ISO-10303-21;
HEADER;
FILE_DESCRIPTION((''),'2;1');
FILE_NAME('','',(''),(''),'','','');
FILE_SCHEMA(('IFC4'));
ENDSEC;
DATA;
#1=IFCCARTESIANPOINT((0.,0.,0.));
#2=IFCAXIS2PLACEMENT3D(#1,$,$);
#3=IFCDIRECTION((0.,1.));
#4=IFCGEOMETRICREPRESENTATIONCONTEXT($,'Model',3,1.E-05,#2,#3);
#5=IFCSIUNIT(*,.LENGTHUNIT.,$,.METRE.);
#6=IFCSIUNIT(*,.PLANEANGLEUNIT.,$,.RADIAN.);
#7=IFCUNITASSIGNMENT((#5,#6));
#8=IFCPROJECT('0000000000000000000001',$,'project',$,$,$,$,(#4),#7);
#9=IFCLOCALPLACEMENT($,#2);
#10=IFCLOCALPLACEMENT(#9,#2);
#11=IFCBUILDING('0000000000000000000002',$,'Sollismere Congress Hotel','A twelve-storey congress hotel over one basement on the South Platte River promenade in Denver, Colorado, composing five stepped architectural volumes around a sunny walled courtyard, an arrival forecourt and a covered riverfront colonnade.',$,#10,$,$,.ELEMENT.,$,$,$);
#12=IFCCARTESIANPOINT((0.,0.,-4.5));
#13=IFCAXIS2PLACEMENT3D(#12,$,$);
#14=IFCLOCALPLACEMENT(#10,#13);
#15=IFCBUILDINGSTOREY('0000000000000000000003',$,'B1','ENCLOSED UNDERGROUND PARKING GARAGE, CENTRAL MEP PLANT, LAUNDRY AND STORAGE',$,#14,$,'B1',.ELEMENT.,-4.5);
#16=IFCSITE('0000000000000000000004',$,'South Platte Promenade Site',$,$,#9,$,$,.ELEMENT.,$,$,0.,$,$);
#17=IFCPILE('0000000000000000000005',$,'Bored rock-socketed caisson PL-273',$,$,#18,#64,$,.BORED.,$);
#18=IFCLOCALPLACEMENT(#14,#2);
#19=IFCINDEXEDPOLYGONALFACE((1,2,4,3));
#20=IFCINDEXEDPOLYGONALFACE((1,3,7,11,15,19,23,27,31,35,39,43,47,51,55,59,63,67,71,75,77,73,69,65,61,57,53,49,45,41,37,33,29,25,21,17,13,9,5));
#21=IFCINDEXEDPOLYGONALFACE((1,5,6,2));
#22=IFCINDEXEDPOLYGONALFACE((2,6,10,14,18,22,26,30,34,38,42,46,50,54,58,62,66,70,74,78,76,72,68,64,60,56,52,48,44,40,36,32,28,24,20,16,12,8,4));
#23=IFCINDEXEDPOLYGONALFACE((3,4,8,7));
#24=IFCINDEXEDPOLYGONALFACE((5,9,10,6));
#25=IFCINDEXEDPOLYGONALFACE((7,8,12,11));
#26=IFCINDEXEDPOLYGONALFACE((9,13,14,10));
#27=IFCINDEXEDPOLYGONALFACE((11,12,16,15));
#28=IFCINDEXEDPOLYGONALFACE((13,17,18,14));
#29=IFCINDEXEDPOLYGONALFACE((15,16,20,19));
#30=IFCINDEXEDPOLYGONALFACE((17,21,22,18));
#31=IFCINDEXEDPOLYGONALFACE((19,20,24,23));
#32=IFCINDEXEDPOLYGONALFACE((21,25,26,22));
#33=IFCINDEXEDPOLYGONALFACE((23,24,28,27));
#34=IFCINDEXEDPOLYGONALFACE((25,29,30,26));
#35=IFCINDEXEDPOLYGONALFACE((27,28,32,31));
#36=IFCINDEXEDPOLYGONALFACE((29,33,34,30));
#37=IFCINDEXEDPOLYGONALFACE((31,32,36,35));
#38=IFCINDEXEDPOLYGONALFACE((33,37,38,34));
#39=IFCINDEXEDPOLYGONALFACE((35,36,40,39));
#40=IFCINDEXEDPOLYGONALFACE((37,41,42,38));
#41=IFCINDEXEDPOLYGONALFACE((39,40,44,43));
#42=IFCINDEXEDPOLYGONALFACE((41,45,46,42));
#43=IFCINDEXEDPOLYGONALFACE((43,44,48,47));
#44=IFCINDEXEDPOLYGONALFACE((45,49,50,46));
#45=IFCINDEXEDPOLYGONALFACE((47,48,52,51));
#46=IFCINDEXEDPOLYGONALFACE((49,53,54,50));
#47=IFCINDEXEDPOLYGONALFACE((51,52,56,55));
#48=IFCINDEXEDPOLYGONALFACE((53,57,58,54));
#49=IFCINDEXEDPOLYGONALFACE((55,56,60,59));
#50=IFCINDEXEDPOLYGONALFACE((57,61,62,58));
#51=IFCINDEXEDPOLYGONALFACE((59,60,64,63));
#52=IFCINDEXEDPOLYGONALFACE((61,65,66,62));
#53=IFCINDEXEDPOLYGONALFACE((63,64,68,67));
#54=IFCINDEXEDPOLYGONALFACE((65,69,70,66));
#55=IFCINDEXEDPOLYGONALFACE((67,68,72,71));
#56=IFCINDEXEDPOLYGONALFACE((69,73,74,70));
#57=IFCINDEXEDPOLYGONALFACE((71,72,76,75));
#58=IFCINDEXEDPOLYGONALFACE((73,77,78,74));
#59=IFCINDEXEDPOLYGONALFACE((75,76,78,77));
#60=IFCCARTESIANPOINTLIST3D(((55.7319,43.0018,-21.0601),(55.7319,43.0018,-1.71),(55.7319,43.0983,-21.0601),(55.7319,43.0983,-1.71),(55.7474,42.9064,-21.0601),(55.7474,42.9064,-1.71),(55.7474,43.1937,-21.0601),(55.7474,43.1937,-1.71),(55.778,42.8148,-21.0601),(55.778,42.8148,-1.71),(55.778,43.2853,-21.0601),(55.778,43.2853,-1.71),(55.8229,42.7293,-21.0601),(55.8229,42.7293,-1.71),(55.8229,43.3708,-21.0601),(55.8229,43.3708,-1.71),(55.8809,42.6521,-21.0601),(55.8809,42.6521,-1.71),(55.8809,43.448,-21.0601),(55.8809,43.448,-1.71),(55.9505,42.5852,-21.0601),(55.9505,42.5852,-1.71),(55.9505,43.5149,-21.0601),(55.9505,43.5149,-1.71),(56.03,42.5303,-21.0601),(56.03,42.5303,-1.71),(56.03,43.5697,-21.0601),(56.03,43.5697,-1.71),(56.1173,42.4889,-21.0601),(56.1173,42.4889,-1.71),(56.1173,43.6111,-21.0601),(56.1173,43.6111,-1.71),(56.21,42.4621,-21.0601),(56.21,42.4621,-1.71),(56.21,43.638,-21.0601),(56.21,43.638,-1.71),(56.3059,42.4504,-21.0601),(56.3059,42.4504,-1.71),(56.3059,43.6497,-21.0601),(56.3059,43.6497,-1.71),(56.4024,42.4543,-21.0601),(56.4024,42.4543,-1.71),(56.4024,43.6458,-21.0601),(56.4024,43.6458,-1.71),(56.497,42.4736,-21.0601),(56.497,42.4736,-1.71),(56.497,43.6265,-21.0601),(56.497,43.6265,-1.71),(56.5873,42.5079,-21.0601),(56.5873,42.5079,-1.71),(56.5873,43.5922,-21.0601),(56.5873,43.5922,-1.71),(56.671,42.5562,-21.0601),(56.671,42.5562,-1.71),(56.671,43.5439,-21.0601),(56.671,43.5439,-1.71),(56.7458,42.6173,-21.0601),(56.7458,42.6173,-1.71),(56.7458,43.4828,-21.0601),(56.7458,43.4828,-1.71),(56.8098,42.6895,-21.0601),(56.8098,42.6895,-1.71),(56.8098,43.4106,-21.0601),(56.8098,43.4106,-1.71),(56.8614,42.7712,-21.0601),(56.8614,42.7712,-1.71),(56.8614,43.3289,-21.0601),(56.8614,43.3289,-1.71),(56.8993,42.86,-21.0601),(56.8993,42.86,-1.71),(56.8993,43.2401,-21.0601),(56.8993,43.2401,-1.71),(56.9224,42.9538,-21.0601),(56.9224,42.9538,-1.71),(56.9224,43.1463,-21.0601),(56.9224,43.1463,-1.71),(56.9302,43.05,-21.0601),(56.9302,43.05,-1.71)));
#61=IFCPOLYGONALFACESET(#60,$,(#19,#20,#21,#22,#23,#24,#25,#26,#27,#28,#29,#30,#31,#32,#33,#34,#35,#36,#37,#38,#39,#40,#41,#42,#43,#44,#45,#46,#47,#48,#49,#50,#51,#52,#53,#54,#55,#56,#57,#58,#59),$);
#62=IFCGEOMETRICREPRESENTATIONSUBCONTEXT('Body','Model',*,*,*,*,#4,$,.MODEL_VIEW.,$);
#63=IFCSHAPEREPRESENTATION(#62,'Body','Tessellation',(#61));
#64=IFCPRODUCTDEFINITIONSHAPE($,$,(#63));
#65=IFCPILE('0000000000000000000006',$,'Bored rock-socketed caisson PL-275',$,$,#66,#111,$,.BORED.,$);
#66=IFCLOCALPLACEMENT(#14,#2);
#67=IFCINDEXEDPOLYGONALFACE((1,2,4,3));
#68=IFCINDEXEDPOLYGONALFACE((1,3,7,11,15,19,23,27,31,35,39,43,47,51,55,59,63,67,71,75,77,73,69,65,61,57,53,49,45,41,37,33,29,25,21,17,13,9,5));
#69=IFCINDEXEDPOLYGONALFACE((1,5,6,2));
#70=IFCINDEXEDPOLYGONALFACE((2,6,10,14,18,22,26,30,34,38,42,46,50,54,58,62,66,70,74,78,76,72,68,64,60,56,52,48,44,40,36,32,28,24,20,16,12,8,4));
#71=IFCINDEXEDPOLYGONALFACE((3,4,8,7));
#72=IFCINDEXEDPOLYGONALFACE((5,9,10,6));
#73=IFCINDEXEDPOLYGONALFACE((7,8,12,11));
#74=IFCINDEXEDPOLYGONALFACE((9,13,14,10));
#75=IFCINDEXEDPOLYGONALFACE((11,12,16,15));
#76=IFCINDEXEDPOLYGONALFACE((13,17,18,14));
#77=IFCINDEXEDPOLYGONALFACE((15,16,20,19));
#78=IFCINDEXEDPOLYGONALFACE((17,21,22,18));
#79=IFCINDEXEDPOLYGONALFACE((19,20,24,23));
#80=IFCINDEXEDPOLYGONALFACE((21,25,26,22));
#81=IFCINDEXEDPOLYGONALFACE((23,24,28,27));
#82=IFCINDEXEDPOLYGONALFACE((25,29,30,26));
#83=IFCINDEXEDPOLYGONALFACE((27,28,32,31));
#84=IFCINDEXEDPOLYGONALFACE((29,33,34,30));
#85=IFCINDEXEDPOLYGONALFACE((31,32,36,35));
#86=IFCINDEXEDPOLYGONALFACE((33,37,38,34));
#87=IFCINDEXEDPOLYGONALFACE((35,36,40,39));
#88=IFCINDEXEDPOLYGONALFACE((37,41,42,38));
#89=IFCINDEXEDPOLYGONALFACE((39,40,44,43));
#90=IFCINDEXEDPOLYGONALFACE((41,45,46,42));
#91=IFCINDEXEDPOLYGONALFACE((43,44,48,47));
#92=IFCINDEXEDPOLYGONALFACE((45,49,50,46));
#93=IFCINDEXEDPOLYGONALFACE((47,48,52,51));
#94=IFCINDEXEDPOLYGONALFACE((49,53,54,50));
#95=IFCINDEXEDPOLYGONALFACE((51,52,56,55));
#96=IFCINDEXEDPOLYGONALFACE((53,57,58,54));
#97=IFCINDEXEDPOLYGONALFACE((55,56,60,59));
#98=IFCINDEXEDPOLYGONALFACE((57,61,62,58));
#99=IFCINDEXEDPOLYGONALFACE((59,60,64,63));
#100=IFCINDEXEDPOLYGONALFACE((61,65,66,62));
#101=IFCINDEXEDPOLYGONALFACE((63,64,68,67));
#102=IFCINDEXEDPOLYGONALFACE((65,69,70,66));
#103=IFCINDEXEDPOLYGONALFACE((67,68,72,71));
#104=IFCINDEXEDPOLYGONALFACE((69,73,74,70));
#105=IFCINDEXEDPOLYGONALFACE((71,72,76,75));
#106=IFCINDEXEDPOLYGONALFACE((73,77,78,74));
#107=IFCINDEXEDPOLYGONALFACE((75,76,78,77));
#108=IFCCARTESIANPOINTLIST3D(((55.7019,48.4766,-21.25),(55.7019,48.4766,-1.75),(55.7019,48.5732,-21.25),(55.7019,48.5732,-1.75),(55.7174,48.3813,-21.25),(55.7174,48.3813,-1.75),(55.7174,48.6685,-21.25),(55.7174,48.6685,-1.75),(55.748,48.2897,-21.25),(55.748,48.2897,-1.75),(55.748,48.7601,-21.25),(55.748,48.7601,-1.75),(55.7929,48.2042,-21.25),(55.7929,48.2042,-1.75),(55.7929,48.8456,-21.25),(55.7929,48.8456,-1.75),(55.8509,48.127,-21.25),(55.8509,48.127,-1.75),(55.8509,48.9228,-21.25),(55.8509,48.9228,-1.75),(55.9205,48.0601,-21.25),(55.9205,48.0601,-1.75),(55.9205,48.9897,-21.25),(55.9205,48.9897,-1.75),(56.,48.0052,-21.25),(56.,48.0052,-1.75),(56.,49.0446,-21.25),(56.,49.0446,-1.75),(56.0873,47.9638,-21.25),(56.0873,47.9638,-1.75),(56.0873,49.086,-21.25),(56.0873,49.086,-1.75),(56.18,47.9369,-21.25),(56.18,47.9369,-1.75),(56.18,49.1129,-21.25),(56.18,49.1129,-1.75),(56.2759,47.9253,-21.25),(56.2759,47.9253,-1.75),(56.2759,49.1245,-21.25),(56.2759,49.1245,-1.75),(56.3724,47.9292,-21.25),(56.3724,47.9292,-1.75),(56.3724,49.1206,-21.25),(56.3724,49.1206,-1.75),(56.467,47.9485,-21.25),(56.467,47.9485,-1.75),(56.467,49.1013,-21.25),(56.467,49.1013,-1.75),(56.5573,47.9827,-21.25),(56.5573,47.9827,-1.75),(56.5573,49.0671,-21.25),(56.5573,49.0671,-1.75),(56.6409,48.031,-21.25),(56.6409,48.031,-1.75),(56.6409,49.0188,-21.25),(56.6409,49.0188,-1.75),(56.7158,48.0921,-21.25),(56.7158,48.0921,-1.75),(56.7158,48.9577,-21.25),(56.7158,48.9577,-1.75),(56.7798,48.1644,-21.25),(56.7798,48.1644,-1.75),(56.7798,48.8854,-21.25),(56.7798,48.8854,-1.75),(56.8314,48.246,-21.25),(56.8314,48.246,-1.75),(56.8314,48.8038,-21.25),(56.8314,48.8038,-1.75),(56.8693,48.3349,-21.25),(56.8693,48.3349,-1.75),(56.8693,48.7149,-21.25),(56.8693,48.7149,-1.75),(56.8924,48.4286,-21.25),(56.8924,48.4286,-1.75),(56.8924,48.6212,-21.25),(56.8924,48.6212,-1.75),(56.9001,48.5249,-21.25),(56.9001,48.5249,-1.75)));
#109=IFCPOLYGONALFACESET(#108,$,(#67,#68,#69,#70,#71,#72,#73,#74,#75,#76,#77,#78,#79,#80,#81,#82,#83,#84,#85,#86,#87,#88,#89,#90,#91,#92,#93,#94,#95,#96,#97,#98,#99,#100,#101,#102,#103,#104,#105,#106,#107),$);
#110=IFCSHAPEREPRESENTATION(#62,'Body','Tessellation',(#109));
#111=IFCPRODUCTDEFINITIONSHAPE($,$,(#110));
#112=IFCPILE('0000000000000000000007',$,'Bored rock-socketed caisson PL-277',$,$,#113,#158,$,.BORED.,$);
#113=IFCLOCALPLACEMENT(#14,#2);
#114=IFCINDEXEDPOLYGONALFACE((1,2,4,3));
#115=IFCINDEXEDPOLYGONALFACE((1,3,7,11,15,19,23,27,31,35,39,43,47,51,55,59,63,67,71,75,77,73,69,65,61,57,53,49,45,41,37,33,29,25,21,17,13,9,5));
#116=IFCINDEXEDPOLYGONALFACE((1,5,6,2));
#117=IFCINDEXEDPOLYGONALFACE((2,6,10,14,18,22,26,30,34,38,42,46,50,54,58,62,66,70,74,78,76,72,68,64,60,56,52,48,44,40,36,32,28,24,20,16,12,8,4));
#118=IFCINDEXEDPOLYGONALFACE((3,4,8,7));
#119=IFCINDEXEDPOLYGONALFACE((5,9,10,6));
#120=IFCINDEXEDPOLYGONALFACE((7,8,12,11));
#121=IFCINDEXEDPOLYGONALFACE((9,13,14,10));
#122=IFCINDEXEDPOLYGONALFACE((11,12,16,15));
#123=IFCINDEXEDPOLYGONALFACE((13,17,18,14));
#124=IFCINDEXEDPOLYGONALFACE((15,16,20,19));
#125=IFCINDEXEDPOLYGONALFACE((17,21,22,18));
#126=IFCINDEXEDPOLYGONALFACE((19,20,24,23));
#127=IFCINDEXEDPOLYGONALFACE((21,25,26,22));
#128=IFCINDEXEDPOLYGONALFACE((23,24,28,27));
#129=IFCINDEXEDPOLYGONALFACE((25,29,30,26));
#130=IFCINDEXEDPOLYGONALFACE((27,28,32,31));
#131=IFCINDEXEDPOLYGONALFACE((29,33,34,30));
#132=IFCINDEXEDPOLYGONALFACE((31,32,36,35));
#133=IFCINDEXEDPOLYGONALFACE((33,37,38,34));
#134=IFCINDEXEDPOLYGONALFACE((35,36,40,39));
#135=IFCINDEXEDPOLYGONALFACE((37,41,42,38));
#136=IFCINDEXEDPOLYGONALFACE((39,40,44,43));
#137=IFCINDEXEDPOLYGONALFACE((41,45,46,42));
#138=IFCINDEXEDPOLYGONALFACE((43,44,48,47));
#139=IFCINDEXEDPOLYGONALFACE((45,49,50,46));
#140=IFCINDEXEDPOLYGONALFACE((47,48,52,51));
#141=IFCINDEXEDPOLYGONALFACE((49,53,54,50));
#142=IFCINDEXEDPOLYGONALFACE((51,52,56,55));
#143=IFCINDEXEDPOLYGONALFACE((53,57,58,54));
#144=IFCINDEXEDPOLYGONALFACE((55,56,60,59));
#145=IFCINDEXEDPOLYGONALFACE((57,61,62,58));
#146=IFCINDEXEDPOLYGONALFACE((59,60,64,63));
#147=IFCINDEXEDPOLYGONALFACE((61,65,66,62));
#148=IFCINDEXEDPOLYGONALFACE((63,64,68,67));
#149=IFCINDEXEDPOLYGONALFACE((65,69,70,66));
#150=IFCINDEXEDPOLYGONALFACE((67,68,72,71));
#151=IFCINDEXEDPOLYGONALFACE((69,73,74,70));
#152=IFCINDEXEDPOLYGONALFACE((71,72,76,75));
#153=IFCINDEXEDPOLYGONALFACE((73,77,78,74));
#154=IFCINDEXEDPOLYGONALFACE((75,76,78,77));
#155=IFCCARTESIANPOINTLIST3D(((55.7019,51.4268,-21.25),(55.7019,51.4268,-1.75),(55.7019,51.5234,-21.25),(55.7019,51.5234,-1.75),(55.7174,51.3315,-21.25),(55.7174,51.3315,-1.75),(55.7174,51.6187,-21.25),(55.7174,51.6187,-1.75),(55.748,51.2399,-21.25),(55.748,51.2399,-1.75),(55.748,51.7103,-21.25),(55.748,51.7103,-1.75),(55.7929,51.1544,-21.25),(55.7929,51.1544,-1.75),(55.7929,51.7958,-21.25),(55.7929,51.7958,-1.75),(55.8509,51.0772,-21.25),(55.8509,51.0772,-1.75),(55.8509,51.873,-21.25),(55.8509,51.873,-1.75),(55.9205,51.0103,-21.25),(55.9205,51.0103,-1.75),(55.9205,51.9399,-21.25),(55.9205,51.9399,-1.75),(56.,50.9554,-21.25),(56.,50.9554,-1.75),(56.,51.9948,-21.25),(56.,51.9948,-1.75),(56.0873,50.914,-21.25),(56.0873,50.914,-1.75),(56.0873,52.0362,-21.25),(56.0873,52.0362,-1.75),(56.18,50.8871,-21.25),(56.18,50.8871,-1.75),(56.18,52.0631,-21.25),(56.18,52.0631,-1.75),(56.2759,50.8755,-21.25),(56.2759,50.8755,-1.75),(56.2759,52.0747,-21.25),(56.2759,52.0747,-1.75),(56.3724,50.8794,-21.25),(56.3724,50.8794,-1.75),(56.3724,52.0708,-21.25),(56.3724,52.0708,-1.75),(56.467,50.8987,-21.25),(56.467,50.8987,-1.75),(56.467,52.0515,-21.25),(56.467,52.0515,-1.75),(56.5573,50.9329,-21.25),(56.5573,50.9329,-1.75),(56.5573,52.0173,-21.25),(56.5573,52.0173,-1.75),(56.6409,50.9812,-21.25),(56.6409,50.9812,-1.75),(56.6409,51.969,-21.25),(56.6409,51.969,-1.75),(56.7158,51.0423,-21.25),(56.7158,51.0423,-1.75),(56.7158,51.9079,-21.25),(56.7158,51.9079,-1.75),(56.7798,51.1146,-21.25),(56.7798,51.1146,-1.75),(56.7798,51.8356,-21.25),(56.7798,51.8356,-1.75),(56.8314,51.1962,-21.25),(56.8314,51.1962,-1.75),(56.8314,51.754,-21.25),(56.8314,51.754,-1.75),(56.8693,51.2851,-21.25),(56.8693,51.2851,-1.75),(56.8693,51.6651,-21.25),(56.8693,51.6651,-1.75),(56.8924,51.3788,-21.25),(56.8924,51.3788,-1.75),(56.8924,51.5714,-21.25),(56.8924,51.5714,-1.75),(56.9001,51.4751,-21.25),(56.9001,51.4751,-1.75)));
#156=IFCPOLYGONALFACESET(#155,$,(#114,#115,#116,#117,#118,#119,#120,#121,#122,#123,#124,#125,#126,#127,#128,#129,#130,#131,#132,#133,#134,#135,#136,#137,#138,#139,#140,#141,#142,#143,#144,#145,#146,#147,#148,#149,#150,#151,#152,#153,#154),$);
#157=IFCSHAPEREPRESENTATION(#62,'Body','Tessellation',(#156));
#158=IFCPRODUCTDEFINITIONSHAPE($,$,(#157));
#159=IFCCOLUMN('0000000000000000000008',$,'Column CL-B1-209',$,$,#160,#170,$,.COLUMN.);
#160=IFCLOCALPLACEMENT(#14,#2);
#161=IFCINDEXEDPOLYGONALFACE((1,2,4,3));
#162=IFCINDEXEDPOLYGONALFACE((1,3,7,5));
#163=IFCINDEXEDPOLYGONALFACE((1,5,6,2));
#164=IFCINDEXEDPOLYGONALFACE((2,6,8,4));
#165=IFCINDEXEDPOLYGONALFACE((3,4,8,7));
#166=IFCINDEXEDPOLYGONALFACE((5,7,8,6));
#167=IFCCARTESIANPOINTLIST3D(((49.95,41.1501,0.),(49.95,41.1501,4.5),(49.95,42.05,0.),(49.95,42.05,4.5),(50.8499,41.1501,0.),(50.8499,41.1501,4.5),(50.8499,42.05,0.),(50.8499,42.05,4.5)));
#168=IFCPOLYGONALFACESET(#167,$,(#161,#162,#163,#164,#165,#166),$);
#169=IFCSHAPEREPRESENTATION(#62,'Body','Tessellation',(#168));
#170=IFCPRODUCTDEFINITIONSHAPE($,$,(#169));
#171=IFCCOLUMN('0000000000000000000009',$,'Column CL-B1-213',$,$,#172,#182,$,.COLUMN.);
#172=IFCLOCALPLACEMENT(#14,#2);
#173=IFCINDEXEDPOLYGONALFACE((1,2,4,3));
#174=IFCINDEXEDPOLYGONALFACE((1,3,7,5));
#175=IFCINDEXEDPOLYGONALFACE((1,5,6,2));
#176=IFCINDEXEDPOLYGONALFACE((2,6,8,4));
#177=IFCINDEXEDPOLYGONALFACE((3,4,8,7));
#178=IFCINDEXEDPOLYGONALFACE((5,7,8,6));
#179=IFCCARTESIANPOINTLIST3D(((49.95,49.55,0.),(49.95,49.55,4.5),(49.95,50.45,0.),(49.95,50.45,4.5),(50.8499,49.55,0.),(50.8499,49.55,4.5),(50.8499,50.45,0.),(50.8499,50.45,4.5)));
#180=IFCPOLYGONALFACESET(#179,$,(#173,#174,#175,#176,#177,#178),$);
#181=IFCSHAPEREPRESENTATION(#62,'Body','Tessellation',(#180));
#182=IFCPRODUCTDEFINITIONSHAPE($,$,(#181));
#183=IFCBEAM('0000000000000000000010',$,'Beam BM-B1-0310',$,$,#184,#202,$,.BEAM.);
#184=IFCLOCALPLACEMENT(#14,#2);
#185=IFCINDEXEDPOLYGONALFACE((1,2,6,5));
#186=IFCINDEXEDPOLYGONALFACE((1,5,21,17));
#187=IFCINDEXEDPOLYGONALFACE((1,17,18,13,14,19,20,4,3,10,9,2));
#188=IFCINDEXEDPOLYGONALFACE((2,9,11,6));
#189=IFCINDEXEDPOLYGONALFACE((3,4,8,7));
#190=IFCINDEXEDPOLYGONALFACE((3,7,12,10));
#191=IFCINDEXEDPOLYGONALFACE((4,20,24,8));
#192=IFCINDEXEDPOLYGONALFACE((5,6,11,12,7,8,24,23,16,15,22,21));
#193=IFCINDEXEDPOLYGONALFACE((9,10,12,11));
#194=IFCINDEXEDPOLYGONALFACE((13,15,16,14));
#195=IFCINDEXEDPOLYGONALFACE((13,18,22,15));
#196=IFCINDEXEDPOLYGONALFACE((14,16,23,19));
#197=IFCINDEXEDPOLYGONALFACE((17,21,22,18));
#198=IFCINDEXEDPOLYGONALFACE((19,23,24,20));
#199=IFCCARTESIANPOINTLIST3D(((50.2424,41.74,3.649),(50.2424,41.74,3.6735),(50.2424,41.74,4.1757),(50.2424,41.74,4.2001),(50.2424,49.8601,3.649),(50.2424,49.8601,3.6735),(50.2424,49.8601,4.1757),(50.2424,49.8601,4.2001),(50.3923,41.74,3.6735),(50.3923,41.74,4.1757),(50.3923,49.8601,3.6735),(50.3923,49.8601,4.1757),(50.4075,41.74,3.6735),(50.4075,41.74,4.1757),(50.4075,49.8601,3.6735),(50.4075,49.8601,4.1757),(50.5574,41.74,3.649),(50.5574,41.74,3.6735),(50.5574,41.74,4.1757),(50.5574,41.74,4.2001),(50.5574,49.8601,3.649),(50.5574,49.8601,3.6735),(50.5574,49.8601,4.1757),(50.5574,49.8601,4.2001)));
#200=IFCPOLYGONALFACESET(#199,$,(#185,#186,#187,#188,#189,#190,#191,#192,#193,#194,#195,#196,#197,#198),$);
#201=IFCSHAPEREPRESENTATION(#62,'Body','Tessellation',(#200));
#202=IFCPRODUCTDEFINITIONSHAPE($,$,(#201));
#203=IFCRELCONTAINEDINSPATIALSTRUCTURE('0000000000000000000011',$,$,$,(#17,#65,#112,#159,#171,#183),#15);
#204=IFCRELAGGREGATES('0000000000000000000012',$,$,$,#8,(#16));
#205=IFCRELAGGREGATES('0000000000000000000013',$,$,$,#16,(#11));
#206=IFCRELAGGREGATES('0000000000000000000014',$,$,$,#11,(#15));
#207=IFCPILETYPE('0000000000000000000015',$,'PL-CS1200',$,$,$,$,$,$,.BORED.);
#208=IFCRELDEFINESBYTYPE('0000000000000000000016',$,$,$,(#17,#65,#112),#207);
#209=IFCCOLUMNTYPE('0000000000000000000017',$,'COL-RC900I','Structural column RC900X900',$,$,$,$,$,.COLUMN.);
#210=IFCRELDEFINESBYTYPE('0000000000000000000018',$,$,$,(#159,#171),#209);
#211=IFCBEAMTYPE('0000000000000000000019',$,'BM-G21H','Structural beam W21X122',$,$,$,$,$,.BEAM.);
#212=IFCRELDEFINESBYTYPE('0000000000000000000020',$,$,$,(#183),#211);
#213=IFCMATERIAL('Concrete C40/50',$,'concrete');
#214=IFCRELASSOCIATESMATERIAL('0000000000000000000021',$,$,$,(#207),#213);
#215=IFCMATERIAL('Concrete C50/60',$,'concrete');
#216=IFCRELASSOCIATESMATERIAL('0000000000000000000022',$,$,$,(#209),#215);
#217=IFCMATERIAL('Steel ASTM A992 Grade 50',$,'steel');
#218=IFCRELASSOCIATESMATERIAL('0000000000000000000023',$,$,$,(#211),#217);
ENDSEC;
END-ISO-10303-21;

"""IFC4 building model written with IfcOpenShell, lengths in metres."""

from ifc_helpers import new_model, si_unit, direction, frame, origin, origin_2d, place, context, subcontext, project, spatial, rectangle, circle, i_section, extrude, material, material_profile, profile_set, type_object, element, save


model = new_model("IFC4")

# Units and contexts
model_context = context("Model", 3, precision=1e-05, world=origin(), true_north=direction((0.0, 1.0)))
body_context = subcontext(model_context, "Body", "Model", "MODEL_VIEW")
ifc_project = project(units=[si_unit("LENGTHUNIT", "METRE"), si_unit("PLANEANGLEUNIT", "RADIAN")], contexts=[model_context])

# Site, building, storey
site_placement = place(None, origin())
site = spatial("IfcSite", under=ifc_project, at=site_placement, Name="South Platte Promenade Site", CompositionType="ELEMENT", RefElevation=0.0)
building_placement = place(site_placement, origin())
building = spatial("IfcBuilding", under=site, at=building_placement, Name="Sollismere Congress Hotel", Description="A twelve-storey congress hotel over one basement on the South Platte River promenade in Denver, Colorado, composing five stepped architectural volumes around a sunny walled courtyard, an arrival forecourt and a covered riverfront colonnade.", CompositionType="ELEMENT")
storey_placement = place(building_placement, frame((0.0, 0.0, -4.5)))
storey = spatial("IfcBuildingStorey", under=building, at=storey_placement, Name="B1", Description="ENCLOSED UNDERGROUND PARKING GARAGE, CENTRAL MEP PLANT, LAUNDRY AND STORAGE", LongName="B1", CompositionType="ELEMENT", Elevation=-4.5)

# Shared definitions
ifc_material_1 = material(Name="Concrete C40/50", Category="concrete")

# Piles
ifc_material_profile_1 = material_profile(ifc_material_1, circle(Radius=0.6001, at=origin_2d()), Name="CAISSON1200")
ifc_profile_set_1 = profile_set([ifc_material_profile_1], Name="Concrete C40/50")
pile_type = type_object("IfcPileType", Name="PL-CS1200", PredefinedType="BORED", material=ifc_profile_set_1)
pile_placement = place(storey_placement, frame((56.3301, 43.05, -1.71), z_axis=(0.0, 0.0, -1.0), x_axis=(1.0, 0.0, 0.0)))
element("IfcPile", 1, at=pile_placement, inside=storey, type_object=pile_type, Name="Bored rock-socketed caisson PL-273", PredefinedType="BORED", context=body_context, shape_type="SweptSolid", body=[
    extrude(circle(Radius=0.6001, at=origin_2d()), origin(), (0.0, 0.0, 1.0), 19.3501),
])
for number, where, z_axis, x_axis, name in (
    (2, (56.3, 48.5249, -1.75), (0.0, 0.0, -1.0), (1.0, 0.0, 0.0), "Bored rock-socketed caisson PL-275"),
    (3, (56.3, 51.4751, -1.75), (0.0, 0.0, -1.0), (1.0, 0.0, 0.0), "Bored rock-socketed caisson PL-277"),
):
    element("IfcPile", number, at=place(storey_placement, frame(where, z_axis=z_axis, x_axis=x_axis)), inside=storey, type_object=pile_type, Name=name, PredefinedType="BORED", context=body_context, shape_type="SweptSolid", body=[
        extrude(circle(Radius=0.6001, at=origin_2d()), origin(), (0.0, 0.0, 1.0), 19.5),
    ])

# Columns
ifc_material_2 = material(Name="Concrete C50/60", Category="concrete")
ifc_material_profile_2 = material_profile(ifc_material_2, rectangle(XDim=0.8999, YDim=0.8999, at=origin_2d()), Name="RC900X900")
ifc_profile_set_2 = profile_set([ifc_material_profile_2], Name="Concrete C50/60")
column_type = type_object("IfcColumnType", Name="COL-RC900I", Description="Structural column RC900X900", PredefinedType="COLUMN", material=ifc_profile_set_2)
for number, where, z_axis, x_axis, name in (
    (4, (50.3999, 41.6001, 0.0), (0.0, 0.0, 1.0), (1.0, 0.0, 0.0), "Column CL-B1-209"),
    (5, (50.3999, 50.0, 0.0), (0.0, 0.0, 1.0), (1.0, 0.0, 0.0), "Column CL-B1-213"),
):
    element("IfcColumn", number, at=place(storey_placement, frame(where, z_axis=z_axis, x_axis=x_axis)), inside=storey, type_object=column_type, Name=name, PredefinedType="COLUMN", context=body_context, shape_type="SweptSolid", body=[
        extrude(rectangle(XDim=0.8999, YDim=0.8999, at=origin_2d()), origin(), (0.0, 0.0, 1.0), 4.5),
    ])

# Beam
ifc_material_3 = material(Name="Steel ASTM A992 Grade 50", Category="steel")
ifc_material_profile_3 = material_profile(ifc_material_3, i_section(OverallWidth=0.3149, OverallDepth=0.551, WebThickness=0.0151, FlangeThickness=0.0244, at=origin_2d()), Name="W21X122")
ifc_profile_set_3 = profile_set([ifc_material_profile_3], Name="Steel ASTM A992 Grade 50")
beam_type_1 = type_object("IfcBeamType", Name="BM-G21H", Description="Structural beam W21X122", PredefinedType="BEAM", material=ifc_profile_set_3)
for number, where, z_axis, x_axis, name in (
    (6, (50.3999, 41.74, 3.9246), (0.0, 1.0, 0.0), (-1.0, 0.0, 0.0), "Beam BM-B1-0310"),
):
    element("IfcBeam", number, at=place(storey_placement, frame(where, z_axis=z_axis, x_axis=x_axis)), inside=storey, type_object=beam_type_1, Name=name, PredefinedType="BEAM", context=body_context, shape_type="SweptSolid", body=[
        extrude(i_section(OverallWidth=0.3149, OverallDepth=0.551, WebThickness=0.0151, FlangeThickness=0.0244, at=origin_2d()), origin(), (0.0, 0.0, 1.0), 8.1201),
    ])

save(model, "model.ifc")
